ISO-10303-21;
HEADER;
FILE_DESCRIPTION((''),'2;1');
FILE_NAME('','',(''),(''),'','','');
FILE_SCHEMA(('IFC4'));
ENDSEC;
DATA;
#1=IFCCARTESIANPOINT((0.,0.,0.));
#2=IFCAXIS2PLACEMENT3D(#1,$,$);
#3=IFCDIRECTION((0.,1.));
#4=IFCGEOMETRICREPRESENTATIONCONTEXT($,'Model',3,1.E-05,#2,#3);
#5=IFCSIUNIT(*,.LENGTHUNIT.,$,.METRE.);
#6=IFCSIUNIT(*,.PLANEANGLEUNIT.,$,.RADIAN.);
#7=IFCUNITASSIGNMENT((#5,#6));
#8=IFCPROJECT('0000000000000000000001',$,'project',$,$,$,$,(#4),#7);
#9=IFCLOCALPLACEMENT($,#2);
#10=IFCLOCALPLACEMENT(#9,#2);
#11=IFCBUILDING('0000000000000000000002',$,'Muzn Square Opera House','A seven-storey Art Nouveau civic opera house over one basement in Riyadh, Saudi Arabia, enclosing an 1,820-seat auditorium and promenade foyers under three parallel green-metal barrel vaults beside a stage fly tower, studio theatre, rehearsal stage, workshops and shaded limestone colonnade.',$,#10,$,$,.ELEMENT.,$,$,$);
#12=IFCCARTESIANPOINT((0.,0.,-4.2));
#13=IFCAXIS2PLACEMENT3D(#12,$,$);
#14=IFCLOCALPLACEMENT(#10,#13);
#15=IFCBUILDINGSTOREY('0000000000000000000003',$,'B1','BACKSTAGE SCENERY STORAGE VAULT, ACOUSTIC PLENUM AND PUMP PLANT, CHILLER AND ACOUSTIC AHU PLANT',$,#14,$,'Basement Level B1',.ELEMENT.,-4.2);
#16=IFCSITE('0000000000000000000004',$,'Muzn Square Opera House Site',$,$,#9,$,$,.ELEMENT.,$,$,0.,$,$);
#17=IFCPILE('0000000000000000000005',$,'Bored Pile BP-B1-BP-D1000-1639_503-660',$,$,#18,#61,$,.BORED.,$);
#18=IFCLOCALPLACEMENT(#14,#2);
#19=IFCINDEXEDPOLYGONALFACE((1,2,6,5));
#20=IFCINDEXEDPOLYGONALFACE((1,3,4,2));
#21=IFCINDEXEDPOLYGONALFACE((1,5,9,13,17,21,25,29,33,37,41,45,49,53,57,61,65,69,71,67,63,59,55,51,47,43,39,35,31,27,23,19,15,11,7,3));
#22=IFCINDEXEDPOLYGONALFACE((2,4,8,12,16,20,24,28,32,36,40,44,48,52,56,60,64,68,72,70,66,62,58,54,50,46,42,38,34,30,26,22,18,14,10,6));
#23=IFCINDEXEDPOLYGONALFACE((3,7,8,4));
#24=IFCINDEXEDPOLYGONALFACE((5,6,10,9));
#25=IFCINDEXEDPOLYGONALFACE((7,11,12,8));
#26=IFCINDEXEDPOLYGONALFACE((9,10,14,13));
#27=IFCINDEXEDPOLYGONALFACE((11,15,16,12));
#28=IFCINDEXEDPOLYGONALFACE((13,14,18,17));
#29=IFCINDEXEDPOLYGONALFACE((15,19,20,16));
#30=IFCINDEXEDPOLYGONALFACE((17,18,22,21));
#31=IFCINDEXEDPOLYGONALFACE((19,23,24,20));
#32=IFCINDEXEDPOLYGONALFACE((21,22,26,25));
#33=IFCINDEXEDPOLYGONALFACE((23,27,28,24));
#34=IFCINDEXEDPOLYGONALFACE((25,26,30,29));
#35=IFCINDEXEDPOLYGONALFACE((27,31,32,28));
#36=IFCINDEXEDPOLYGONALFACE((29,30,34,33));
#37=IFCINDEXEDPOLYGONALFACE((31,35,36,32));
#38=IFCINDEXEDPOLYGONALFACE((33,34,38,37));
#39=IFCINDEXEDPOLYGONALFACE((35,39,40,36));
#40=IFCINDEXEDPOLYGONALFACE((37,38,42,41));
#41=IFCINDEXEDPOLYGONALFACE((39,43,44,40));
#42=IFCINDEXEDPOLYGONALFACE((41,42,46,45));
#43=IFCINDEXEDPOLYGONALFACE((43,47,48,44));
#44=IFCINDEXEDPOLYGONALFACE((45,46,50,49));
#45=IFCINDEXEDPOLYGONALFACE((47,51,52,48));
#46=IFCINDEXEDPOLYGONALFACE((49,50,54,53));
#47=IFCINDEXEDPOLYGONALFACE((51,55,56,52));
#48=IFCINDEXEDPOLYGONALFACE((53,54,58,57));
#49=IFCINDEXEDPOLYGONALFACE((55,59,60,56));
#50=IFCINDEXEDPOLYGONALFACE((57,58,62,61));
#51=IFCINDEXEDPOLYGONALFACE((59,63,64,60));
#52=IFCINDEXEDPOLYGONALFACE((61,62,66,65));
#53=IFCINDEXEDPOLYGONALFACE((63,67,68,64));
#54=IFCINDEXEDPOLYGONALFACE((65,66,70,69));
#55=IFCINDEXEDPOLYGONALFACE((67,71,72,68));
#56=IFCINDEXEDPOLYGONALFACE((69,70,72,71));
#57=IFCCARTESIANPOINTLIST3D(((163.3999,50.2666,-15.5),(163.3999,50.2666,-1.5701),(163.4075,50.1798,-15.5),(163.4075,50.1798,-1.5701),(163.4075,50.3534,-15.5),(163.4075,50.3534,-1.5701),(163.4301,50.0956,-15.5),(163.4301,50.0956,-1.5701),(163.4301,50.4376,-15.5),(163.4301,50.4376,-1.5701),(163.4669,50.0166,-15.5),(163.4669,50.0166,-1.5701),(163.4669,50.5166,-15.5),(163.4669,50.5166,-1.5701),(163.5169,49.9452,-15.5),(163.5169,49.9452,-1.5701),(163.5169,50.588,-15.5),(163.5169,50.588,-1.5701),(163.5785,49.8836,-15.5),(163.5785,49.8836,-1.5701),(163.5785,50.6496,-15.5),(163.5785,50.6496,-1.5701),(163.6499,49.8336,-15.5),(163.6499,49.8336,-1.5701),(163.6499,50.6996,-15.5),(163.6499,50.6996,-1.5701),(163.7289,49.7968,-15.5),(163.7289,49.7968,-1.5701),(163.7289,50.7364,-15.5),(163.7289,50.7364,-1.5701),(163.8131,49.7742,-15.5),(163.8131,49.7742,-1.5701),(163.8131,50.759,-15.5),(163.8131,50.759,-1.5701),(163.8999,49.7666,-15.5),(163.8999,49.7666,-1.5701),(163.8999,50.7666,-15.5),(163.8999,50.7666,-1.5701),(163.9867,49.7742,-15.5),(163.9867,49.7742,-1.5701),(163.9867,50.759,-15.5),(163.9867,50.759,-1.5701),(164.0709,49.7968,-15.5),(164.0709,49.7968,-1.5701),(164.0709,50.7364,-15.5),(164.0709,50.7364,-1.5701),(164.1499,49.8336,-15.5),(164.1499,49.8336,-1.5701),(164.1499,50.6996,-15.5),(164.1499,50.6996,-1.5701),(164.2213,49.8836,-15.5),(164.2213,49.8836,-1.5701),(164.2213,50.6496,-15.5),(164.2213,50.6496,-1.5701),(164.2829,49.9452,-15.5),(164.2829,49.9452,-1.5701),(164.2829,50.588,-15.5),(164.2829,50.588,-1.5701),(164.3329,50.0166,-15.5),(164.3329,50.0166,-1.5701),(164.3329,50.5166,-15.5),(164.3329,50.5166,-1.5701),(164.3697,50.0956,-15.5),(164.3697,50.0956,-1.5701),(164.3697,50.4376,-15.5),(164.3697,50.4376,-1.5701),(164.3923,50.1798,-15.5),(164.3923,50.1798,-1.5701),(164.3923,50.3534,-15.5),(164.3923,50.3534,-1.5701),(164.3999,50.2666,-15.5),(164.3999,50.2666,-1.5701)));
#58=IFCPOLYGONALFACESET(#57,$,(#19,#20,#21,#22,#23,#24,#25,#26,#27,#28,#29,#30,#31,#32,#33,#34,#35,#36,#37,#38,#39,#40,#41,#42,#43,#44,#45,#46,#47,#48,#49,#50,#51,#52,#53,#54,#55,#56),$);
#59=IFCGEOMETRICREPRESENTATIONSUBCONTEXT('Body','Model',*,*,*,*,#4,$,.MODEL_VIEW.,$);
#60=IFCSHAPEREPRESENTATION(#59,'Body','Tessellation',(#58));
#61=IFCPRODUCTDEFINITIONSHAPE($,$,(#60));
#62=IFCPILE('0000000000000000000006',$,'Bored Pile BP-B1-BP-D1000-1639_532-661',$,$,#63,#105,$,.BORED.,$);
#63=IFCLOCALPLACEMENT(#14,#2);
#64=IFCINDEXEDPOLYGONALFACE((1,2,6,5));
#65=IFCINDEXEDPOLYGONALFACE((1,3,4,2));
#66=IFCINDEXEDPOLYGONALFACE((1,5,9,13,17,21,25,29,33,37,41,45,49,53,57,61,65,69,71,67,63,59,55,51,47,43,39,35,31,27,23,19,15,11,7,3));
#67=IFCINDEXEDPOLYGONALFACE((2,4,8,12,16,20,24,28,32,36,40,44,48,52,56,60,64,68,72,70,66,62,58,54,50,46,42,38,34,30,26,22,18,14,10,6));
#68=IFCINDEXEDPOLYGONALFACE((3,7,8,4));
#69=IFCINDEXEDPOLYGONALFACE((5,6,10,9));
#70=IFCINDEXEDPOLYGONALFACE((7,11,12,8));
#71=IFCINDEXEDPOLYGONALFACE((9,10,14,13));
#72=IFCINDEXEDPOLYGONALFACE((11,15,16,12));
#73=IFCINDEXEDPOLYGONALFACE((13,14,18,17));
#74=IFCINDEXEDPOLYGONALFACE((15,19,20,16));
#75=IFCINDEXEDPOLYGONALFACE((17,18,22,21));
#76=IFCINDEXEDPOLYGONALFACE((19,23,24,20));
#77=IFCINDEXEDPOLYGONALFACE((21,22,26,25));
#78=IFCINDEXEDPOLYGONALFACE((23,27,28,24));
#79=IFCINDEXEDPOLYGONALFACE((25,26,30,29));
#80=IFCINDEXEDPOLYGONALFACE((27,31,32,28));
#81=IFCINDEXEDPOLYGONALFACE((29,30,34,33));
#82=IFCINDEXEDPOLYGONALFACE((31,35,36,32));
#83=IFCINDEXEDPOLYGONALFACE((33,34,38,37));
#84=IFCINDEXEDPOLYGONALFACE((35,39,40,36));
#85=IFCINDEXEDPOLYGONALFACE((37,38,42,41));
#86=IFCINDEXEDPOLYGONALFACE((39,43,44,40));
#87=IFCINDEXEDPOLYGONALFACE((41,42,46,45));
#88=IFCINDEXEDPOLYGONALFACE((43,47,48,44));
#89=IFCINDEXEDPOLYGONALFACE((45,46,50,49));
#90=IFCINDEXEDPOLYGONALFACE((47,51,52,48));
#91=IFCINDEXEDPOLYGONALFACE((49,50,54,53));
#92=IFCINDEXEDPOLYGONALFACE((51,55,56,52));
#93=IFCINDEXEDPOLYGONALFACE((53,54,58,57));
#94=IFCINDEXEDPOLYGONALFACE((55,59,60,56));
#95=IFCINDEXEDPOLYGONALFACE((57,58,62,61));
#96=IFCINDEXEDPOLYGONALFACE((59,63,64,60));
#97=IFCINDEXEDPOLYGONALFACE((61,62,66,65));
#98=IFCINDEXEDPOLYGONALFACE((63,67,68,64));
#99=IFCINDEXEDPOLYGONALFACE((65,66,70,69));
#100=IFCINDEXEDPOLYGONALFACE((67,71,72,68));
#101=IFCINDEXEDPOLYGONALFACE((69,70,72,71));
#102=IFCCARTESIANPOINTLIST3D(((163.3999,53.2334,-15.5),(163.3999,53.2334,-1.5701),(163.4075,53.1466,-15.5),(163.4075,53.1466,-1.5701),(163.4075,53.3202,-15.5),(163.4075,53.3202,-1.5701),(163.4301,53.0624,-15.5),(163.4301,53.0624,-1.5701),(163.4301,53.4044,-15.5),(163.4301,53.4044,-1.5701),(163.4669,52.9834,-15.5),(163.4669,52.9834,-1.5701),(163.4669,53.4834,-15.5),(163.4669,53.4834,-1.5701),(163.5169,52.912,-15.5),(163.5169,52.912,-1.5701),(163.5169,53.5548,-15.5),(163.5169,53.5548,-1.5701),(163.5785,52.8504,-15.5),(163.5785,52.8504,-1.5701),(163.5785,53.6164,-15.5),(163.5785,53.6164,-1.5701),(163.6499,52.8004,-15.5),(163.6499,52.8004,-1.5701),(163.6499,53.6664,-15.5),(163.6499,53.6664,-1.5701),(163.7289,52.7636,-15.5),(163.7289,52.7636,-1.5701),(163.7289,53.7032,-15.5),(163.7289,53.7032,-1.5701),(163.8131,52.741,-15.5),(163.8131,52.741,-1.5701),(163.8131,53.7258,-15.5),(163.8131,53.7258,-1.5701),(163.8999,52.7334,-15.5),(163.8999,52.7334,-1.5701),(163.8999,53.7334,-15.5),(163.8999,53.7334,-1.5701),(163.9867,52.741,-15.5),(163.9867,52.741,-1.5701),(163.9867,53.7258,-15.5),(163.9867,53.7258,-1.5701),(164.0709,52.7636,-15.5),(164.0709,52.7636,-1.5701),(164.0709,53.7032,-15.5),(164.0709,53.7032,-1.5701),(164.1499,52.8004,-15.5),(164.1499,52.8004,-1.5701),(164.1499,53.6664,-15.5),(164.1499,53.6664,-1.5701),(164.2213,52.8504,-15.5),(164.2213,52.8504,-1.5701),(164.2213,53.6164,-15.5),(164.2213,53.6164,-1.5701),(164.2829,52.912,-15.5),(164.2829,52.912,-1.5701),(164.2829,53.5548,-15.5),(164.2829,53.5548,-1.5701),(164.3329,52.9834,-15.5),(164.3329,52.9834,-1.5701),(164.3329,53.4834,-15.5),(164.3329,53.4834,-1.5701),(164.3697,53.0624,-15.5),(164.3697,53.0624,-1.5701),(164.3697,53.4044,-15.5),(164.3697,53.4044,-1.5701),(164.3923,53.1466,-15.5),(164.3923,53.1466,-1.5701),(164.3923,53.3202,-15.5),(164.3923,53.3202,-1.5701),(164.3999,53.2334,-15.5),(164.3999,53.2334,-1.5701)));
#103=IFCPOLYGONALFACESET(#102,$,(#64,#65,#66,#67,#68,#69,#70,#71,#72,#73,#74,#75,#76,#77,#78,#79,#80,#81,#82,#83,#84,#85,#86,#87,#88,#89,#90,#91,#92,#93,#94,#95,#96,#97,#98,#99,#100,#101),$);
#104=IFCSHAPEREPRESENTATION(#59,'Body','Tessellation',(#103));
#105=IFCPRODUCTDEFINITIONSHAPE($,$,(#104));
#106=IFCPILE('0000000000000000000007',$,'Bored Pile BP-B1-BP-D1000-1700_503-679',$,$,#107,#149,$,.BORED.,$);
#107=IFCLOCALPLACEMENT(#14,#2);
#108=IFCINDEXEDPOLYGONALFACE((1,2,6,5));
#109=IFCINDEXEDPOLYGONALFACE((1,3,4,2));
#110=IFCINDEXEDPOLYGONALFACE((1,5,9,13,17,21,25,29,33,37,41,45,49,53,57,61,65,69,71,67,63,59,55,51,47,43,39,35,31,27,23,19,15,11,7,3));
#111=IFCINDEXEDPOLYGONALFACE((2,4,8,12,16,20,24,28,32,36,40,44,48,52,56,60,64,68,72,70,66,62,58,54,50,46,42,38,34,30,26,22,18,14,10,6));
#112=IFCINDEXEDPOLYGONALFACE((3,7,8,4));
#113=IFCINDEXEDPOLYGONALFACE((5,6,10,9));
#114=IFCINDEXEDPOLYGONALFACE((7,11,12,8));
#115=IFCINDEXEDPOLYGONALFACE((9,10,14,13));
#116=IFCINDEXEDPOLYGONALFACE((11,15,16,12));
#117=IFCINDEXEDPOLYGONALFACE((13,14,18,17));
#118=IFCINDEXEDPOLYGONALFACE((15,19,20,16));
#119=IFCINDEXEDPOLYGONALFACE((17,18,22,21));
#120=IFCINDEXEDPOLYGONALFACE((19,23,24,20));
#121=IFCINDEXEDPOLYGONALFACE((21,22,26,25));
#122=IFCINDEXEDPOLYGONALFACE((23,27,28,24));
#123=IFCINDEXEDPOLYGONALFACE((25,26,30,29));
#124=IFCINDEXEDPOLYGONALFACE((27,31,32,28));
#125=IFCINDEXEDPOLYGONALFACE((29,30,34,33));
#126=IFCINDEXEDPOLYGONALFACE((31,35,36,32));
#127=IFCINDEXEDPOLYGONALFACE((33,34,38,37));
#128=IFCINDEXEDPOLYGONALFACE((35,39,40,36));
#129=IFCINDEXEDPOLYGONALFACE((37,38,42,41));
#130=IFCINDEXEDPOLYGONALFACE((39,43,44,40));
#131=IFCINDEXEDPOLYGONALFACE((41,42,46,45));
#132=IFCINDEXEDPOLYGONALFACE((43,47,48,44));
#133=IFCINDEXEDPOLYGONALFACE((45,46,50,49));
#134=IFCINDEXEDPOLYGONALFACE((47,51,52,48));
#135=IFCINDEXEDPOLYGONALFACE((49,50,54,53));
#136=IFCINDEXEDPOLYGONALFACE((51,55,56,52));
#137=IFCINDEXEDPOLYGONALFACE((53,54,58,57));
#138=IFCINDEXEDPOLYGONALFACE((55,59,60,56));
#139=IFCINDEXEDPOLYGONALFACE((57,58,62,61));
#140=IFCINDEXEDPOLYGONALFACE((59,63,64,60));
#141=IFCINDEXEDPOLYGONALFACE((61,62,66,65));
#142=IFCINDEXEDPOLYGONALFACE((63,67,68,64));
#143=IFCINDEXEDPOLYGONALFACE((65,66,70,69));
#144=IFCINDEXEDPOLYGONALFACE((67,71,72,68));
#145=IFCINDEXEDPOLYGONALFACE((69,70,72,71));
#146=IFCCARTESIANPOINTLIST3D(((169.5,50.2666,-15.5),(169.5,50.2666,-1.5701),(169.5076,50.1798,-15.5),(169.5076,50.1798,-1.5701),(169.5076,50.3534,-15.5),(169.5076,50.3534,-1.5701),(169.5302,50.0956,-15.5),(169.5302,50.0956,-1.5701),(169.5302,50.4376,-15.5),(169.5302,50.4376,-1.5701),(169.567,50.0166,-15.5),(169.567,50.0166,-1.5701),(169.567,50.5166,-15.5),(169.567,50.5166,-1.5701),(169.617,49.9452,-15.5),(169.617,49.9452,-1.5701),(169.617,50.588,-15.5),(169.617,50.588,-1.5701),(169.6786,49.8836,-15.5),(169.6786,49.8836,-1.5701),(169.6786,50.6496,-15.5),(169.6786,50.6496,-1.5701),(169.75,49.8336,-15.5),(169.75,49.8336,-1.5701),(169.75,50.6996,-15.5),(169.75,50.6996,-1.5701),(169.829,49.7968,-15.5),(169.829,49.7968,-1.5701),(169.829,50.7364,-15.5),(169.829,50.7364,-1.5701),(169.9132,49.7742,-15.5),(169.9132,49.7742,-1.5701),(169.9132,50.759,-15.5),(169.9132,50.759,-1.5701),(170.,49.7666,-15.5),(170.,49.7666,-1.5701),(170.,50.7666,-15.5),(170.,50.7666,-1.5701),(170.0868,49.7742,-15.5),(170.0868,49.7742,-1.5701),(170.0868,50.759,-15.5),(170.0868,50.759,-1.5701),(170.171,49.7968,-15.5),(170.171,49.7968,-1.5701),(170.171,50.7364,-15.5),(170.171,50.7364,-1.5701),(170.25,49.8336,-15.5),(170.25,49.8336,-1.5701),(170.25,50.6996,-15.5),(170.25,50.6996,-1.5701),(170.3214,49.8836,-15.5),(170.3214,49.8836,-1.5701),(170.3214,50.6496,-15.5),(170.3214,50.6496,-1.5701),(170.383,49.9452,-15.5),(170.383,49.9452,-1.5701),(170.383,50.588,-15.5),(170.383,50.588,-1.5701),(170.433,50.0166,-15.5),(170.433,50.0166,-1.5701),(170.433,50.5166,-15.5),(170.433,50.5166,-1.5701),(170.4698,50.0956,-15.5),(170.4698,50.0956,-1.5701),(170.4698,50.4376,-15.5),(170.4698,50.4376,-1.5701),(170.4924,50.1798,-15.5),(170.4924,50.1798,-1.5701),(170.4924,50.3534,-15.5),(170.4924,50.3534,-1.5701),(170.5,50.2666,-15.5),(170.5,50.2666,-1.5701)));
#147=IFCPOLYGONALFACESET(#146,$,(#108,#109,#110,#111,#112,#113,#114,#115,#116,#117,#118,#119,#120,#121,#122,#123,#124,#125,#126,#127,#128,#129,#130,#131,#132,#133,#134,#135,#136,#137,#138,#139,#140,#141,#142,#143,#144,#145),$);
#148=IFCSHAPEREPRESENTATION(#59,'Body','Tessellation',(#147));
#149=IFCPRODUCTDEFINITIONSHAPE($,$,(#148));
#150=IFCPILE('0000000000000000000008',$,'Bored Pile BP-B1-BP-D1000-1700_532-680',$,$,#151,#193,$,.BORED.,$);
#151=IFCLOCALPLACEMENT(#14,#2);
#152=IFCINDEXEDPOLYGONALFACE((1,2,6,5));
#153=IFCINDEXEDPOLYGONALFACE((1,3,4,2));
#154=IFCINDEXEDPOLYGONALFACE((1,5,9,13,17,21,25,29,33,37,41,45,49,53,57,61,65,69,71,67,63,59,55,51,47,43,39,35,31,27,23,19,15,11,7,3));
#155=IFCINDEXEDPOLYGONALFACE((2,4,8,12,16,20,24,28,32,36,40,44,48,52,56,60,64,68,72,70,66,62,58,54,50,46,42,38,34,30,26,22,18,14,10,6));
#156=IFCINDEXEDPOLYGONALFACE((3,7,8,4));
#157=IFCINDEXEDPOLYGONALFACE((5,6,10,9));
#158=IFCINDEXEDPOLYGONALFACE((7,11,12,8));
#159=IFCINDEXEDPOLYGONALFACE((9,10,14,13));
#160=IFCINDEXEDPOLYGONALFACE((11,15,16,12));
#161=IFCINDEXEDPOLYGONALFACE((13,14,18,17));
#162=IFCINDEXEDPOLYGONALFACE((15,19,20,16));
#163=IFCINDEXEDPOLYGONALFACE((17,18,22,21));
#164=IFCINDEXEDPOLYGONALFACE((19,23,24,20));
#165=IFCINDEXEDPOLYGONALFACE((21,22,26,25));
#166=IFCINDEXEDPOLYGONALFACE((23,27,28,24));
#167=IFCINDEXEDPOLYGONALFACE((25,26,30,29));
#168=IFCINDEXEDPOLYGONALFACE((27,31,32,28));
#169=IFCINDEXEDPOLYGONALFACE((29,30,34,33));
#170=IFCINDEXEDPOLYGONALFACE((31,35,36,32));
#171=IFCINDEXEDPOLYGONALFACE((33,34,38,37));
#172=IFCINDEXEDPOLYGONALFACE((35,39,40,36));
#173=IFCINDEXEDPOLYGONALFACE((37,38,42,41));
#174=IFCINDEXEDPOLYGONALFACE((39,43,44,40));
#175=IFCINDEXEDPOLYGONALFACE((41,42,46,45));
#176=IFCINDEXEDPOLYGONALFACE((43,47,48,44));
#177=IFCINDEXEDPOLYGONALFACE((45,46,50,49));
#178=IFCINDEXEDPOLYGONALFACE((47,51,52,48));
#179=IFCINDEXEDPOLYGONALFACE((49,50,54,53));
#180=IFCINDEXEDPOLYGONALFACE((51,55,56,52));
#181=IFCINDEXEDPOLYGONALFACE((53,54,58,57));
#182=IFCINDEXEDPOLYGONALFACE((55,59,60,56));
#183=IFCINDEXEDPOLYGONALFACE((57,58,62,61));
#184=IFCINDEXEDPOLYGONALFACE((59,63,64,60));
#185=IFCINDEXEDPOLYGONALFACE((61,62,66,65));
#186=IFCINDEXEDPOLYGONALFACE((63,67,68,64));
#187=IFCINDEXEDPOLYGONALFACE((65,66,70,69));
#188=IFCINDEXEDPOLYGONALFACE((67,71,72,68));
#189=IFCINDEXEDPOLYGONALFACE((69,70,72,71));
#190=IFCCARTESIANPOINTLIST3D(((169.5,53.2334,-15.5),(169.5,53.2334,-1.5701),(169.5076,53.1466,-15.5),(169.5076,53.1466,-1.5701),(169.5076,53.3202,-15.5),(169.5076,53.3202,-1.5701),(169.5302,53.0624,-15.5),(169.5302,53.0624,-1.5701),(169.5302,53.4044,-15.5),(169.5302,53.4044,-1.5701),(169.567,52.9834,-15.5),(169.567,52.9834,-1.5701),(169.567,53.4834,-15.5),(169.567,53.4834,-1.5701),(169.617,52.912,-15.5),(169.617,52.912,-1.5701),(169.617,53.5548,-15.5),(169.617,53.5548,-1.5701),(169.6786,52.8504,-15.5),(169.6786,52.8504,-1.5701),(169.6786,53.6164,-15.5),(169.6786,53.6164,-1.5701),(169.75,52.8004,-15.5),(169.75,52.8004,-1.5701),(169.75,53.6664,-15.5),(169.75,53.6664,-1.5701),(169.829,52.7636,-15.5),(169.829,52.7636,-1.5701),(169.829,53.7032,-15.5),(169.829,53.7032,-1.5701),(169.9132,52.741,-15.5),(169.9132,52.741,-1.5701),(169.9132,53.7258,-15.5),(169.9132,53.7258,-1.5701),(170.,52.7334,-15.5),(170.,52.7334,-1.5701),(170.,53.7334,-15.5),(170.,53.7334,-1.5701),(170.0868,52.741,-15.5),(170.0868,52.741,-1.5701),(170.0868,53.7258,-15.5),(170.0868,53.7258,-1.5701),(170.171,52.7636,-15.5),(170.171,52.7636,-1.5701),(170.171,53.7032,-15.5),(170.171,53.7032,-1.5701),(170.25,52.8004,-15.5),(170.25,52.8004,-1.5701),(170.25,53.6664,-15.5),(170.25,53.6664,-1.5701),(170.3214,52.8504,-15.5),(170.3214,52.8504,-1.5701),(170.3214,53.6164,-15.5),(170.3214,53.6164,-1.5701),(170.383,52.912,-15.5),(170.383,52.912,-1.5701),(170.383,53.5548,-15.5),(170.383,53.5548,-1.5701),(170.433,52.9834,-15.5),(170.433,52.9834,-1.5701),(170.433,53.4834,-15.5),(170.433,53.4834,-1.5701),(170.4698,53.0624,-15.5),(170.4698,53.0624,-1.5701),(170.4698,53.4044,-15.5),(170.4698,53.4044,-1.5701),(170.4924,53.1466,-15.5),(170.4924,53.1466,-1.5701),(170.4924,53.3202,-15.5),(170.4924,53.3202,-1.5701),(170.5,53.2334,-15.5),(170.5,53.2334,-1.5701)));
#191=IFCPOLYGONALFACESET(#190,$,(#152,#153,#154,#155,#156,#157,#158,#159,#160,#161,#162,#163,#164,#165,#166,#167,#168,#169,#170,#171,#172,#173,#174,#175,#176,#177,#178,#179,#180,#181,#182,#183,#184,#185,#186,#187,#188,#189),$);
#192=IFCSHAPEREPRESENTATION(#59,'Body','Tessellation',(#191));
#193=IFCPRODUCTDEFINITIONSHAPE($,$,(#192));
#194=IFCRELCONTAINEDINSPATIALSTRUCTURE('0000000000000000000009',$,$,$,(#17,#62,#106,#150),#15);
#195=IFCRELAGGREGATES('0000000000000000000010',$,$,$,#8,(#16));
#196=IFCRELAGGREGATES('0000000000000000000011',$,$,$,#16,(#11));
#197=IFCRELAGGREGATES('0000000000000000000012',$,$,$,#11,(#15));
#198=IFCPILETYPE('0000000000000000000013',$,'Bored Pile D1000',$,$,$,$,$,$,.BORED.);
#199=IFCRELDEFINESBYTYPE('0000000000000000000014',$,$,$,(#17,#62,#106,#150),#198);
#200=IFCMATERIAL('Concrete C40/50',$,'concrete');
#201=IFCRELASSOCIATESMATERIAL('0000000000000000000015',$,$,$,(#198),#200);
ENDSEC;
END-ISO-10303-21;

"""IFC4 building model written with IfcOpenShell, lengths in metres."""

from ifc_helpers import new_model, si_unit, direction, frame, origin, origin_2d, place, context, subcontext, project, spatial, circle, extrude, material, material_profile, profile_set, type_object, element, save


model = new_model("IFC4")

# Units and contexts
model_context = context("Model", 3, precision=1e-05, world=origin(), true_north=direction((0.0, 1.0)))
body_context = subcontext(model_context, "Body", "Model", "MODEL_VIEW")
ifc_project = project(units=[si_unit("LENGTHUNIT", "METRE"), si_unit("PLANEANGLEUNIT", "RADIAN")], contexts=[model_context])

# Site, building, storey
site_placement = place(None, origin())
site = spatial("IfcSite", under=ifc_project, at=site_placement, Name="Muzn Square Opera House Site", CompositionType="ELEMENT", RefElevation=0.0)
building_placement = place(site_placement, origin())
building = spatial("IfcBuilding", under=site, at=building_placement, Name="Muzn Square Opera House", Description="A seven-storey Art Nouveau civic opera house over one basement in Riyadh, Saudi Arabia, enclosing an 1,820-seat auditorium and promenade foyers under three parallel green-metal barrel vaults beside a stage fly tower, studio theatre, rehearsal stage, workshops and shaded limestone colonnade.", CompositionType="ELEMENT")
storey_placement = place(building_placement, frame((0.0, 0.0, -4.2)))
storey = spatial("IfcBuildingStorey", under=building, at=storey_placement, Name="B1", Description="BACKSTAGE SCENERY STORAGE VAULT, ACOUSTIC PLENUM AND PUMP PLANT, CHILLER AND ACOUSTIC AHU PLANT", LongName="Basement Level B1", CompositionType="ELEMENT", Elevation=-4.2)

# Piles
ifc_material_1 = material(Name="Concrete C40/50", Category="concrete")
ifc_material_profile_1 = material_profile(ifc_material_1, circle(Radius=0.5, at=origin_2d()), Name="BORED PILE D1000", Category="concrete")
ifc_profile_set_1 = profile_set([ifc_material_profile_1], Name="Concrete C40/50")
pile_type = type_object("IfcPileType", Name="Bored Pile D1000", PredefinedType="BORED", material=ifc_profile_set_1)
for number, where, z_axis, x_axis, name in (
    (1, (163.8999, 50.2666, -1.5701), (0.0, 0.0, -1.0), (1.0, 0.0, 0.0), "Bored Pile BP-B1-BP-D1000-1639_503-660"),
    (2, (163.8999, 53.2334, -1.5701), (0.0, 0.0, -1.0), (1.0, 0.0, 0.0), "Bored Pile BP-B1-BP-D1000-1639_532-661"),
    (3, (170.0, 50.2666, -1.5701), (0.0, 0.0, -1.0), (1.0, 0.0, 0.0), "Bored Pile BP-B1-BP-D1000-1700_503-679"),
    (4, (170.0, 53.2334, -1.5701), (0.0, 0.0, -1.0), (1.0, 0.0, 0.0), "Bored Pile BP-B1-BP-D1000-1700_532-680"),
):
    element("IfcPile", number, at=place(storey_placement, frame(where, z_axis=z_axis, x_axis=x_axis)), inside=storey, type_object=pile_type, Name=name, PredefinedType="BORED", context=body_context, shape_type="SweptSolid", body=[
        extrude(circle(Radius=0.5, at=origin_2d()), origin(), (0.0, 0.0, 1.0), 13.9299),
    ])

save(model, "model.ifc")
